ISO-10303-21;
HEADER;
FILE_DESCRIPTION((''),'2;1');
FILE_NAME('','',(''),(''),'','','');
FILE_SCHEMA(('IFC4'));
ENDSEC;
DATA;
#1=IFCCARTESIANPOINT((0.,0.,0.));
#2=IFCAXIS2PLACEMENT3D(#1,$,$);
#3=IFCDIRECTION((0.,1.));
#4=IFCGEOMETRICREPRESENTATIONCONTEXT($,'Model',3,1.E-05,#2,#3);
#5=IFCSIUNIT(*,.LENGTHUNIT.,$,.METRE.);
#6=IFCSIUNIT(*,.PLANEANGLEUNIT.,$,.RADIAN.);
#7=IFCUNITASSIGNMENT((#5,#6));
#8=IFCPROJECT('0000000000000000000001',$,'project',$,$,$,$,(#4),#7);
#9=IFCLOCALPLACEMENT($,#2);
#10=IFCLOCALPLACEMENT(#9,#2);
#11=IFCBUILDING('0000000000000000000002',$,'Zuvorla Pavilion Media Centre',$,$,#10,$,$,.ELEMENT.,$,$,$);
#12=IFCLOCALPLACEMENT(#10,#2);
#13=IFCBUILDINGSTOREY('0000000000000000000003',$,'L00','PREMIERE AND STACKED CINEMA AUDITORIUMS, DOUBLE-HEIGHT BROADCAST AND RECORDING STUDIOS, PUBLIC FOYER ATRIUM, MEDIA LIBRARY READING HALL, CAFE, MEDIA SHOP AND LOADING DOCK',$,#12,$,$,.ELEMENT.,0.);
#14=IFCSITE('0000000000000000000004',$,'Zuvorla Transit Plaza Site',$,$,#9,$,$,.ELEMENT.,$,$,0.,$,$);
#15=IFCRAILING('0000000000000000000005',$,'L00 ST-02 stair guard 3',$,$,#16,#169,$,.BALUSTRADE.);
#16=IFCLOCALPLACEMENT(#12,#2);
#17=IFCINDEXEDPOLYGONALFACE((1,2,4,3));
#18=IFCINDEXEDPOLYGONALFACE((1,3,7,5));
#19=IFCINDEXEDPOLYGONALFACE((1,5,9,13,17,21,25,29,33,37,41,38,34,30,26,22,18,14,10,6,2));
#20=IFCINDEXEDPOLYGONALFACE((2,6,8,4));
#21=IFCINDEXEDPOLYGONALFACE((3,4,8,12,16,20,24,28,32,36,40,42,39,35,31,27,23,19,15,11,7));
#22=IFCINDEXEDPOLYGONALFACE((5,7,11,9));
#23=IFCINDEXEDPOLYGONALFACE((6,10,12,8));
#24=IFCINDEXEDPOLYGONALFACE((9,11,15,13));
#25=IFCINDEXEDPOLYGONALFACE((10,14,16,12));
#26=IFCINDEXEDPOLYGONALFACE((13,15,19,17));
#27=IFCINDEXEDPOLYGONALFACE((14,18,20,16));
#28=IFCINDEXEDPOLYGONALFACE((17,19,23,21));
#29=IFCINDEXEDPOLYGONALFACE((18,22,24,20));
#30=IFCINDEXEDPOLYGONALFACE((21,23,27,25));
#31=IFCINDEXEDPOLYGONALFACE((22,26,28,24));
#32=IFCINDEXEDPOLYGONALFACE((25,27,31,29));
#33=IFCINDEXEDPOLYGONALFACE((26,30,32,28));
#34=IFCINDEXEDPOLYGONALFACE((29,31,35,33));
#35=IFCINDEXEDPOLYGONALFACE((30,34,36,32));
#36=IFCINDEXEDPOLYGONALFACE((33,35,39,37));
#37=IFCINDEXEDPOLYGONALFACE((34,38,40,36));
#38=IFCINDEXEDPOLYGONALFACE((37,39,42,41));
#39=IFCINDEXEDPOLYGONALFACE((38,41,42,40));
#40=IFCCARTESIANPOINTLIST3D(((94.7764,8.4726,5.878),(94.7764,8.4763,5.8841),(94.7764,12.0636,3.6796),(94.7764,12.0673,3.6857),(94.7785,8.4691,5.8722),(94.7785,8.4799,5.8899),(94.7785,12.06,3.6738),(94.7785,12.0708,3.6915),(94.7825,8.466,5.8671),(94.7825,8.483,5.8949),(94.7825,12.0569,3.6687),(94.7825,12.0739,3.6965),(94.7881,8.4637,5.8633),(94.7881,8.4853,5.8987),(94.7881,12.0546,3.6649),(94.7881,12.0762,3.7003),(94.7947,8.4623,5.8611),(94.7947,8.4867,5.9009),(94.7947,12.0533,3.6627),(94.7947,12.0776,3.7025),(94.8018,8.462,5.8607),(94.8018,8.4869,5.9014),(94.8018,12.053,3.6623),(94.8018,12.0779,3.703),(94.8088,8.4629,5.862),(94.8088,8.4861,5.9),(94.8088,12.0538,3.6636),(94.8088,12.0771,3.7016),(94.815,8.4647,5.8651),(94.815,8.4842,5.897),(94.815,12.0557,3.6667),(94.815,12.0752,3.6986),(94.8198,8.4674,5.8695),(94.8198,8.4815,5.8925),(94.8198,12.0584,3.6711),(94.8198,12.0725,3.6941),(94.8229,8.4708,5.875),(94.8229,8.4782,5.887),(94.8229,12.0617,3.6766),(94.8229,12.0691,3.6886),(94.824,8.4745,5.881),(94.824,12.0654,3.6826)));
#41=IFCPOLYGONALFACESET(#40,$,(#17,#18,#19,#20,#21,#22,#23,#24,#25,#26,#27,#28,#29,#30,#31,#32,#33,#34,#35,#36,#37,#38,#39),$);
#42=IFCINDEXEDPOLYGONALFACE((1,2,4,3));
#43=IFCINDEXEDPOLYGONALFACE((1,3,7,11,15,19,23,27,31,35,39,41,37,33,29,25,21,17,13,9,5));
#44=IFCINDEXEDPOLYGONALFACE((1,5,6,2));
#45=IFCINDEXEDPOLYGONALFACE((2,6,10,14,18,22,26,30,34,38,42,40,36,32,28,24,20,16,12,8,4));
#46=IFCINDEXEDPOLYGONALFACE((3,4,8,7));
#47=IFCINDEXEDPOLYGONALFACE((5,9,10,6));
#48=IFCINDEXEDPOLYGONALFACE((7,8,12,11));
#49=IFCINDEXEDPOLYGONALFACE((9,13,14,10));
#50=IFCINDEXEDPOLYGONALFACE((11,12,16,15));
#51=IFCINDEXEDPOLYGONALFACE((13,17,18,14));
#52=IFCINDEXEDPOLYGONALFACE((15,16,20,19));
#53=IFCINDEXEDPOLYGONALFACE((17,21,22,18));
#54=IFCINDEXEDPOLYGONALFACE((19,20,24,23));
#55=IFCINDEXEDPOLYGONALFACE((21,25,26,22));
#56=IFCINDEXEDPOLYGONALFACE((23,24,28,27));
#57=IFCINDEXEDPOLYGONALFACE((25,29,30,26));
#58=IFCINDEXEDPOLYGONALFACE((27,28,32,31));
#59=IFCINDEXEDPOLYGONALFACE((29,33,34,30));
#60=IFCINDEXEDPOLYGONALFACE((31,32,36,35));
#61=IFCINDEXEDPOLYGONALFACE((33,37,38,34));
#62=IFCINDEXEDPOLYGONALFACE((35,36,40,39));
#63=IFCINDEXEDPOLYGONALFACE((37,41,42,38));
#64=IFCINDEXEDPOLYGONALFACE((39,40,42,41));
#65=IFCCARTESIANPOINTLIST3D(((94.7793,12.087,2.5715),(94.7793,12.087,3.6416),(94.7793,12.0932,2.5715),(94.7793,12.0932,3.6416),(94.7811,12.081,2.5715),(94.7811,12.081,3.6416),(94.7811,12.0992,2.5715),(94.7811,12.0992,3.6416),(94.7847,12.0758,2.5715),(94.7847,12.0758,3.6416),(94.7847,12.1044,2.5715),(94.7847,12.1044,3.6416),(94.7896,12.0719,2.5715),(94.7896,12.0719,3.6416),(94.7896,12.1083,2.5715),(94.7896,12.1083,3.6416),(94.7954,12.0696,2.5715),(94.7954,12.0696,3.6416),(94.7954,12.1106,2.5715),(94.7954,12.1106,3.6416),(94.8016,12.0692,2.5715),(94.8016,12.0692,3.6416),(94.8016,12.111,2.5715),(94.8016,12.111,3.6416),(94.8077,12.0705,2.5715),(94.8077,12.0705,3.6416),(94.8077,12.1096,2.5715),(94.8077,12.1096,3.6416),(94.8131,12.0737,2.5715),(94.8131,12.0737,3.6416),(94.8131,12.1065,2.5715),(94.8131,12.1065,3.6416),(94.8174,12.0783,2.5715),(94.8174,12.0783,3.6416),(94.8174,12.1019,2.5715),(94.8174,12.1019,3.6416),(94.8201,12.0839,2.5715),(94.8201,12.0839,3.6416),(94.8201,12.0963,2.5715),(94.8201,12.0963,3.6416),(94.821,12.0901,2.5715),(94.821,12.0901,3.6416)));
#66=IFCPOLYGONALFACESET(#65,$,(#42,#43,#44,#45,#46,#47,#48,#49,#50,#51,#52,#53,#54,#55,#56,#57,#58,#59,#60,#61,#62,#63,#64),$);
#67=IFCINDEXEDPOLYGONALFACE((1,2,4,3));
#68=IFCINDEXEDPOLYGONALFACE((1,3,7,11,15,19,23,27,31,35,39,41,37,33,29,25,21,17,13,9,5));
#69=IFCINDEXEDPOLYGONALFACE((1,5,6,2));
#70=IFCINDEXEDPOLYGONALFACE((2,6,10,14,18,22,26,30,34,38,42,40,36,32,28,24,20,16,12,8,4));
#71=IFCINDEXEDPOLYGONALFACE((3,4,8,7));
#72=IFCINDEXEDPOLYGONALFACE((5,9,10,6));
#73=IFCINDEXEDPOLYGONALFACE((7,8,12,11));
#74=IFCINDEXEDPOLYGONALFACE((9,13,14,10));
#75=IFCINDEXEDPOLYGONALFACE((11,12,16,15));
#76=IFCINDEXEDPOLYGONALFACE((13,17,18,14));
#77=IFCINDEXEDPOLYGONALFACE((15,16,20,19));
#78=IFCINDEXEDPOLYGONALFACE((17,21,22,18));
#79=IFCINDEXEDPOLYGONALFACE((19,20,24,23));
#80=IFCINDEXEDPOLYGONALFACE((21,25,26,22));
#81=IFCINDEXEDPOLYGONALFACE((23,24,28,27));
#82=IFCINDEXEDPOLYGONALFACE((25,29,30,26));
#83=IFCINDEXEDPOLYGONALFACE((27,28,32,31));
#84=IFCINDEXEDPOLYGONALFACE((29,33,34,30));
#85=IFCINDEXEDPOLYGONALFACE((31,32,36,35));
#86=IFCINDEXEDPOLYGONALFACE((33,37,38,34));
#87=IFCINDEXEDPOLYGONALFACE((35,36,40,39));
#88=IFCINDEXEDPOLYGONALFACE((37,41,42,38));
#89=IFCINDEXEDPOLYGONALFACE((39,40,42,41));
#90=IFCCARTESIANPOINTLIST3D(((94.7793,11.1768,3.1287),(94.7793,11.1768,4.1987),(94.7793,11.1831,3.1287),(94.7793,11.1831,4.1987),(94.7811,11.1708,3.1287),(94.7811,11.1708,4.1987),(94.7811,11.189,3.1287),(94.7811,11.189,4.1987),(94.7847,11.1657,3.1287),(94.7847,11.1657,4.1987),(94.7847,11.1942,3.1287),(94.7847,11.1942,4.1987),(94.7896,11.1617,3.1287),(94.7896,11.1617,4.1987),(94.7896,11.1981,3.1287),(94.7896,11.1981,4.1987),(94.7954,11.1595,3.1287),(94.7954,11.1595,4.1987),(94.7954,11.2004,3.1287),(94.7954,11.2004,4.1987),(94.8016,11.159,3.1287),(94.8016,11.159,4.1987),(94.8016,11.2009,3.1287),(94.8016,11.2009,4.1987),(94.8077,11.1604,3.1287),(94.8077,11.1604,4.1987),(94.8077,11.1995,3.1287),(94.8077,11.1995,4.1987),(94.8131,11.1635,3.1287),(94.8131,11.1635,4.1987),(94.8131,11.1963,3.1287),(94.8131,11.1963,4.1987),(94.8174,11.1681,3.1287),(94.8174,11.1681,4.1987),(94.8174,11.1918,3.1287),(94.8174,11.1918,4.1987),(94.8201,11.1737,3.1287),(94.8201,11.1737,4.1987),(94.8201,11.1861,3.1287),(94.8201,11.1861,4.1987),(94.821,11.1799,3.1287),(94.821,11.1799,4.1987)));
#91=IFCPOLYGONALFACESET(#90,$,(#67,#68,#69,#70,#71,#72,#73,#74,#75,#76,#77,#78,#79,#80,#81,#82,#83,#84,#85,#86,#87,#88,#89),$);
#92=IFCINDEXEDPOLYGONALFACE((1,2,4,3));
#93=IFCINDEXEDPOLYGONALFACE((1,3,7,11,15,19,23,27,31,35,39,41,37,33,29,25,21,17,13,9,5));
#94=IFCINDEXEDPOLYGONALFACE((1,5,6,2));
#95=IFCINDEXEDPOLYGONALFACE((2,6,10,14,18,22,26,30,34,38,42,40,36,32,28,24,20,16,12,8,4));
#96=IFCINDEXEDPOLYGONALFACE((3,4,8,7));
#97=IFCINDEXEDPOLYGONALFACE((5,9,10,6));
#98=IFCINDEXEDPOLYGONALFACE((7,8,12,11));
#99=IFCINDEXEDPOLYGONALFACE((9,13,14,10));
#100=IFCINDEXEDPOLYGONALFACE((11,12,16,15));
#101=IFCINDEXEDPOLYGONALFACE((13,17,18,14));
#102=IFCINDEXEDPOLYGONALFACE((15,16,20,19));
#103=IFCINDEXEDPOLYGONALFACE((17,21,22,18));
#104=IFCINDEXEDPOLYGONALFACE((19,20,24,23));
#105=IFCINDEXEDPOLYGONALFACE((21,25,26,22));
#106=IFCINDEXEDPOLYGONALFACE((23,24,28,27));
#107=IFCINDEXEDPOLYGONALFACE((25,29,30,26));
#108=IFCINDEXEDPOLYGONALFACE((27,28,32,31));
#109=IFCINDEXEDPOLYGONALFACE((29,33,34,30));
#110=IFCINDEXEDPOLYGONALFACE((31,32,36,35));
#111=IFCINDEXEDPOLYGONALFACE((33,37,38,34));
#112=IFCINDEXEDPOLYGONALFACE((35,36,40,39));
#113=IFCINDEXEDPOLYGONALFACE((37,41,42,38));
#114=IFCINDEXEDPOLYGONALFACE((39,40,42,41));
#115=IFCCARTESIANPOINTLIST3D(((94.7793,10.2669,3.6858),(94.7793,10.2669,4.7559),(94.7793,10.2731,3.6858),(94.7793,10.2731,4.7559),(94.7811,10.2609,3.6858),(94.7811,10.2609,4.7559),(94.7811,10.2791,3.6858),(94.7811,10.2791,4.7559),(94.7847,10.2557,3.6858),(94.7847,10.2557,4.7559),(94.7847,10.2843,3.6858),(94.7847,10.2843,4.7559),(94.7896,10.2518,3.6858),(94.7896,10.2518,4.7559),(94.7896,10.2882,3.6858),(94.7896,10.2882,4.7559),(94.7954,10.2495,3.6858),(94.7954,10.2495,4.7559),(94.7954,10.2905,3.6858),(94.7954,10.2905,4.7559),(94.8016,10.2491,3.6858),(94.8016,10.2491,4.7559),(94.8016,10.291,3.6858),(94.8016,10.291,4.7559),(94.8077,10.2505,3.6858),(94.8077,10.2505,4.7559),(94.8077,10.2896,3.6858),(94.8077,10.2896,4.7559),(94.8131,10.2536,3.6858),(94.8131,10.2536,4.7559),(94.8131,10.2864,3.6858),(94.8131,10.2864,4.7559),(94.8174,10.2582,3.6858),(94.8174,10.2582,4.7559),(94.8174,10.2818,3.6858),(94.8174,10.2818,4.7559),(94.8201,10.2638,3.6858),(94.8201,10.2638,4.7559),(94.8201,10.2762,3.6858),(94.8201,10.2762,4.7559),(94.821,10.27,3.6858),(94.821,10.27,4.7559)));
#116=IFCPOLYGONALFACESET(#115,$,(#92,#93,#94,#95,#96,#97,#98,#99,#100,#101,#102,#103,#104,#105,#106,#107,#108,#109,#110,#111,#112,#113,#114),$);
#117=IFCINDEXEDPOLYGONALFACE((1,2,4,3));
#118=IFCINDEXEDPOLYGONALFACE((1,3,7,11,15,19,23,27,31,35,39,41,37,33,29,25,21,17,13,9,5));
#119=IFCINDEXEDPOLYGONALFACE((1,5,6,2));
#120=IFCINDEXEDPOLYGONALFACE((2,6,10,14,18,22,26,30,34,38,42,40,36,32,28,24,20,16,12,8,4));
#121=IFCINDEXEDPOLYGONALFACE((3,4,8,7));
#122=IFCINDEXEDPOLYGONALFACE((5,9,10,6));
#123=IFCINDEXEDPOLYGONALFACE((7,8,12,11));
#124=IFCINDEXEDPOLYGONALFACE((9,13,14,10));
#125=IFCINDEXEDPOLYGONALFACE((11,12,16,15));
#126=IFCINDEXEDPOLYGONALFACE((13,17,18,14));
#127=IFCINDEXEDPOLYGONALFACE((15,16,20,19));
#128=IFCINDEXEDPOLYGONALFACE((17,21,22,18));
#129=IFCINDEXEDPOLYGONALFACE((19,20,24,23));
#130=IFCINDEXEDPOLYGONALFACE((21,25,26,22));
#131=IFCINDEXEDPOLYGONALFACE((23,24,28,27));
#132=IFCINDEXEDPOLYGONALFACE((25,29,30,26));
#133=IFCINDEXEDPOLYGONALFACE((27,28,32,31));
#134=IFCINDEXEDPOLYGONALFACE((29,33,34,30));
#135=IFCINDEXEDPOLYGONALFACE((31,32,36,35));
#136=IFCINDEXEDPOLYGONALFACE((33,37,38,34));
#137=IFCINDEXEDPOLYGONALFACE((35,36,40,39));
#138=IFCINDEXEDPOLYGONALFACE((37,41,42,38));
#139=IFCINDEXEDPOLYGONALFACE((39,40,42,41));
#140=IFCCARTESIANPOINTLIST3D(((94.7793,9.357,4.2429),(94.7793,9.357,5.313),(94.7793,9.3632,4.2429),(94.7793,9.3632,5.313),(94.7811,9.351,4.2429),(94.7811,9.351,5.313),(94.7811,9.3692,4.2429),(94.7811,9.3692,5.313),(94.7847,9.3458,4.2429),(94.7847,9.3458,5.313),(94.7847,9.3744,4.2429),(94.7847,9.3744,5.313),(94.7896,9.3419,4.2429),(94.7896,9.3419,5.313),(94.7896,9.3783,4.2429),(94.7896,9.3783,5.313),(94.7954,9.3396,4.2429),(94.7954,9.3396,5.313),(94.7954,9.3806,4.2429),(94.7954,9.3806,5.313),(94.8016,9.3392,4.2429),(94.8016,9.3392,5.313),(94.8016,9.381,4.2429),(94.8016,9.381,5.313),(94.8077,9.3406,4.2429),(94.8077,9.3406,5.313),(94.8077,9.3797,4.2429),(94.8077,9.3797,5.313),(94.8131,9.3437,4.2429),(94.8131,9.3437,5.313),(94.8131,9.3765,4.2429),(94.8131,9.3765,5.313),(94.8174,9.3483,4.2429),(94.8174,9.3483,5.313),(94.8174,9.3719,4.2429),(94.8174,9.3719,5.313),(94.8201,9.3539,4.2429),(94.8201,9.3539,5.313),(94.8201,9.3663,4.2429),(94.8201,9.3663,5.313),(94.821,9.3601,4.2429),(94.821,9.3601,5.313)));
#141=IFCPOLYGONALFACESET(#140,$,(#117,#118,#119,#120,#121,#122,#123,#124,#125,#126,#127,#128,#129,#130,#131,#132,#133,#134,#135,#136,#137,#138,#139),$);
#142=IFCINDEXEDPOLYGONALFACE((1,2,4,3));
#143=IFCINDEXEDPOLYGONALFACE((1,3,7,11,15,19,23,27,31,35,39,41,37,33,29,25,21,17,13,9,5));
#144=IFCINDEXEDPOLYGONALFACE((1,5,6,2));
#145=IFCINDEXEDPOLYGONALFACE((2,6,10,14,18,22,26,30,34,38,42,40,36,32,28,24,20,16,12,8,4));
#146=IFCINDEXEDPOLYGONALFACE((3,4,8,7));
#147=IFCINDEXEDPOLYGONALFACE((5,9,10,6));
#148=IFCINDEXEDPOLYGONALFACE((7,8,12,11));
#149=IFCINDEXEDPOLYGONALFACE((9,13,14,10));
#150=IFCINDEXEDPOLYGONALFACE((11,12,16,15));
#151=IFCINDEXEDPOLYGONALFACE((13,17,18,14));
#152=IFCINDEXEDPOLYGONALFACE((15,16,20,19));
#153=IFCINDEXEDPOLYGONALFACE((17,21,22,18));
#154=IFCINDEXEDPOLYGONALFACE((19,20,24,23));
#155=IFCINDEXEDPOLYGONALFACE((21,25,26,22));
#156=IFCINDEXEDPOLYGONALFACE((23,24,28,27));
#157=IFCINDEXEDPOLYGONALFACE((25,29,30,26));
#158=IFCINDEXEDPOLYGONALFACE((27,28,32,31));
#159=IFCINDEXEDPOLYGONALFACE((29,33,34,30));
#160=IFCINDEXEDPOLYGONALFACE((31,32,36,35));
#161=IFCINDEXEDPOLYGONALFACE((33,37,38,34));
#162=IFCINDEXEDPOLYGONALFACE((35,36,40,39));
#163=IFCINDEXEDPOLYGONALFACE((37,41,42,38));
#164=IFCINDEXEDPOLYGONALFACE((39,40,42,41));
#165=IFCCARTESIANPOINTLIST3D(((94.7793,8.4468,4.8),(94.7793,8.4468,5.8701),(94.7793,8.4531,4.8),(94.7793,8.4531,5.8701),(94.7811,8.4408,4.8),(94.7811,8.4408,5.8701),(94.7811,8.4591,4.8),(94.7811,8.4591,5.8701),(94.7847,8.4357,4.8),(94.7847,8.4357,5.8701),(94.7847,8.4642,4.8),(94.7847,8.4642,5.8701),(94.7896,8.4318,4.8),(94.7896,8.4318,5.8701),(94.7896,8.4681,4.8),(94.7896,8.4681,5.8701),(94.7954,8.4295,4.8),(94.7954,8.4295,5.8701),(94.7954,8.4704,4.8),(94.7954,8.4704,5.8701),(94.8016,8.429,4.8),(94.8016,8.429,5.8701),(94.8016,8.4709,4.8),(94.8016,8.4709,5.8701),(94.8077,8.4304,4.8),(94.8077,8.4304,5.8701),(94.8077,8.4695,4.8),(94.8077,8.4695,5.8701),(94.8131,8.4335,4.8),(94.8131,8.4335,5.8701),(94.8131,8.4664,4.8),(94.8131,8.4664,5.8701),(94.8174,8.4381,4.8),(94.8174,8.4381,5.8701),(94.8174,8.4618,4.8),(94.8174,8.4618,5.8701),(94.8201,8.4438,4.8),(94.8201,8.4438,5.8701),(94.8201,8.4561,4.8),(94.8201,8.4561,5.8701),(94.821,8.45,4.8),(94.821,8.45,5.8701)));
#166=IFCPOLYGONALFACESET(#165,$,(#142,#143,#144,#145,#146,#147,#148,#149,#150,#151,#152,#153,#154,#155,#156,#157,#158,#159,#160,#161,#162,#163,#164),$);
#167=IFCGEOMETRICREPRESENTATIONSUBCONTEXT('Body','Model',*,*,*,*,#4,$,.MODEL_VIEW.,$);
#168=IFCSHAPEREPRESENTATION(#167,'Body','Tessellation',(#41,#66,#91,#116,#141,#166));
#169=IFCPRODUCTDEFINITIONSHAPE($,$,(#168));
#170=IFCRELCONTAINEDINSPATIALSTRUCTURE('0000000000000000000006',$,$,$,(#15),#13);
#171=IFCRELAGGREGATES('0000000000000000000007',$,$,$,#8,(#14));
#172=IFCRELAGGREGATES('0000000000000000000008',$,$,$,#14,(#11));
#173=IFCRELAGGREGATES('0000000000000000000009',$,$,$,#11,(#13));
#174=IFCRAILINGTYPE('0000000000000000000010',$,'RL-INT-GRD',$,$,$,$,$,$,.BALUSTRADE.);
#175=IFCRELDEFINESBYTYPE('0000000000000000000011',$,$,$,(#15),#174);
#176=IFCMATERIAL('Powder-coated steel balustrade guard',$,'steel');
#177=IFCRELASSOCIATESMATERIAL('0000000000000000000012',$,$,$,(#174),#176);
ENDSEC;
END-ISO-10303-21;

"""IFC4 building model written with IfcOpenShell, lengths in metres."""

from ifc_helpers import new_model, si_unit, direction, frame, origin, origin_2d, place, context, subcontext, project, spatial, circle, extrude, material, type_object, element, save


model = new_model("IFC4")

# Units and contexts
model_context = context("Model", 3, precision=1e-05, world=origin(), true_north=direction((0.0, 1.0)))
body_context = subcontext(model_context, "Body", "Model", "MODEL_VIEW")
ifc_project = project(units=[si_unit("LENGTHUNIT", "METRE"), si_unit("PLANEANGLEUNIT", "RADIAN")], contexts=[model_context])

# Site, building, storey
site_placement = place(None, origin())
site = spatial("IfcSite", under=ifc_project, at=site_placement, Name="Zuvorla Transit Plaza Site", CompositionType="ELEMENT", RefElevation=0.0)
building_placement = place(site_placement, origin())
building = spatial("IfcBuilding", under=site, at=building_placement, Name="Zuvorla Pavilion Media Centre", CompositionType="ELEMENT")
storey_placement = place(building_placement, origin())
storey = spatial("IfcBuildingStorey", under=building, at=storey_placement, Name="L00", Description="PREMIERE AND STACKED CINEMA AUDITORIUMS, DOUBLE-HEIGHT BROADCAST AND RECORDING STUDIOS, PUBLIC FOYER ATRIUM, MEDIA LIBRARY READING HALL, CAFE, MEDIA SHOP AND LOADING DOCK", CompositionType="ELEMENT", Elevation=0.0)

# Railing
ifc_material_1 = material(Name="Powder-coated steel balustrade guard", Category="steel")
railing_type_1 = type_object("IfcRailingType", Name="RL-INT-GRD", PredefinedType="BALUSTRADE", material=ifc_material_1)
railing_1_placement = place(storey_placement, frame((94.8, 12.0901, 2.5715)))
element("IfcRailing", 1, at=railing_1_placement, inside=storey, type_object=railing_type_1, Name="L00 ST-02 stair guard 3", PredefinedType="BALUSTRADE", context=body_context, shape_type="SweptSolid", body=[
    extrude(circle(Radius=0.0239, at=origin_2d()), frame((0.0, -0.0247, 1.1111), z_axis=(0.0, -0.852866, 0.52213), x_axis=(1.0, 0.0, 0.0)), (0.0, 0.0, 1.0), 4.2104),
    extrude(circle(Radius=0.021, at=origin_2d()), origin(), (0.0, 0.0, 1.0), 1.0701),
    extrude(circle(Radius=0.021, at=origin_2d()), frame((0.0, -0.9102, 0.5571)), (0.0, 0.0, 1.0), 1.0701),
    extrude(circle(Radius=0.021, at=origin_2d()), frame((0.0, -1.8201, 1.1143)), (0.0, 0.0, 1.0), 1.0701),
    extrude(circle(Radius=0.021, at=origin_2d()), frame((0.0, -2.73, 1.6714)), (0.0, 0.0, 1.0), 1.0701),
    extrude(circle(Radius=0.021, at=origin_2d()), frame((0.0, -3.6401, 2.2285)), (0.0, 0.0, 1.0), 1.0701),
])

save(model, "model.ifc")
